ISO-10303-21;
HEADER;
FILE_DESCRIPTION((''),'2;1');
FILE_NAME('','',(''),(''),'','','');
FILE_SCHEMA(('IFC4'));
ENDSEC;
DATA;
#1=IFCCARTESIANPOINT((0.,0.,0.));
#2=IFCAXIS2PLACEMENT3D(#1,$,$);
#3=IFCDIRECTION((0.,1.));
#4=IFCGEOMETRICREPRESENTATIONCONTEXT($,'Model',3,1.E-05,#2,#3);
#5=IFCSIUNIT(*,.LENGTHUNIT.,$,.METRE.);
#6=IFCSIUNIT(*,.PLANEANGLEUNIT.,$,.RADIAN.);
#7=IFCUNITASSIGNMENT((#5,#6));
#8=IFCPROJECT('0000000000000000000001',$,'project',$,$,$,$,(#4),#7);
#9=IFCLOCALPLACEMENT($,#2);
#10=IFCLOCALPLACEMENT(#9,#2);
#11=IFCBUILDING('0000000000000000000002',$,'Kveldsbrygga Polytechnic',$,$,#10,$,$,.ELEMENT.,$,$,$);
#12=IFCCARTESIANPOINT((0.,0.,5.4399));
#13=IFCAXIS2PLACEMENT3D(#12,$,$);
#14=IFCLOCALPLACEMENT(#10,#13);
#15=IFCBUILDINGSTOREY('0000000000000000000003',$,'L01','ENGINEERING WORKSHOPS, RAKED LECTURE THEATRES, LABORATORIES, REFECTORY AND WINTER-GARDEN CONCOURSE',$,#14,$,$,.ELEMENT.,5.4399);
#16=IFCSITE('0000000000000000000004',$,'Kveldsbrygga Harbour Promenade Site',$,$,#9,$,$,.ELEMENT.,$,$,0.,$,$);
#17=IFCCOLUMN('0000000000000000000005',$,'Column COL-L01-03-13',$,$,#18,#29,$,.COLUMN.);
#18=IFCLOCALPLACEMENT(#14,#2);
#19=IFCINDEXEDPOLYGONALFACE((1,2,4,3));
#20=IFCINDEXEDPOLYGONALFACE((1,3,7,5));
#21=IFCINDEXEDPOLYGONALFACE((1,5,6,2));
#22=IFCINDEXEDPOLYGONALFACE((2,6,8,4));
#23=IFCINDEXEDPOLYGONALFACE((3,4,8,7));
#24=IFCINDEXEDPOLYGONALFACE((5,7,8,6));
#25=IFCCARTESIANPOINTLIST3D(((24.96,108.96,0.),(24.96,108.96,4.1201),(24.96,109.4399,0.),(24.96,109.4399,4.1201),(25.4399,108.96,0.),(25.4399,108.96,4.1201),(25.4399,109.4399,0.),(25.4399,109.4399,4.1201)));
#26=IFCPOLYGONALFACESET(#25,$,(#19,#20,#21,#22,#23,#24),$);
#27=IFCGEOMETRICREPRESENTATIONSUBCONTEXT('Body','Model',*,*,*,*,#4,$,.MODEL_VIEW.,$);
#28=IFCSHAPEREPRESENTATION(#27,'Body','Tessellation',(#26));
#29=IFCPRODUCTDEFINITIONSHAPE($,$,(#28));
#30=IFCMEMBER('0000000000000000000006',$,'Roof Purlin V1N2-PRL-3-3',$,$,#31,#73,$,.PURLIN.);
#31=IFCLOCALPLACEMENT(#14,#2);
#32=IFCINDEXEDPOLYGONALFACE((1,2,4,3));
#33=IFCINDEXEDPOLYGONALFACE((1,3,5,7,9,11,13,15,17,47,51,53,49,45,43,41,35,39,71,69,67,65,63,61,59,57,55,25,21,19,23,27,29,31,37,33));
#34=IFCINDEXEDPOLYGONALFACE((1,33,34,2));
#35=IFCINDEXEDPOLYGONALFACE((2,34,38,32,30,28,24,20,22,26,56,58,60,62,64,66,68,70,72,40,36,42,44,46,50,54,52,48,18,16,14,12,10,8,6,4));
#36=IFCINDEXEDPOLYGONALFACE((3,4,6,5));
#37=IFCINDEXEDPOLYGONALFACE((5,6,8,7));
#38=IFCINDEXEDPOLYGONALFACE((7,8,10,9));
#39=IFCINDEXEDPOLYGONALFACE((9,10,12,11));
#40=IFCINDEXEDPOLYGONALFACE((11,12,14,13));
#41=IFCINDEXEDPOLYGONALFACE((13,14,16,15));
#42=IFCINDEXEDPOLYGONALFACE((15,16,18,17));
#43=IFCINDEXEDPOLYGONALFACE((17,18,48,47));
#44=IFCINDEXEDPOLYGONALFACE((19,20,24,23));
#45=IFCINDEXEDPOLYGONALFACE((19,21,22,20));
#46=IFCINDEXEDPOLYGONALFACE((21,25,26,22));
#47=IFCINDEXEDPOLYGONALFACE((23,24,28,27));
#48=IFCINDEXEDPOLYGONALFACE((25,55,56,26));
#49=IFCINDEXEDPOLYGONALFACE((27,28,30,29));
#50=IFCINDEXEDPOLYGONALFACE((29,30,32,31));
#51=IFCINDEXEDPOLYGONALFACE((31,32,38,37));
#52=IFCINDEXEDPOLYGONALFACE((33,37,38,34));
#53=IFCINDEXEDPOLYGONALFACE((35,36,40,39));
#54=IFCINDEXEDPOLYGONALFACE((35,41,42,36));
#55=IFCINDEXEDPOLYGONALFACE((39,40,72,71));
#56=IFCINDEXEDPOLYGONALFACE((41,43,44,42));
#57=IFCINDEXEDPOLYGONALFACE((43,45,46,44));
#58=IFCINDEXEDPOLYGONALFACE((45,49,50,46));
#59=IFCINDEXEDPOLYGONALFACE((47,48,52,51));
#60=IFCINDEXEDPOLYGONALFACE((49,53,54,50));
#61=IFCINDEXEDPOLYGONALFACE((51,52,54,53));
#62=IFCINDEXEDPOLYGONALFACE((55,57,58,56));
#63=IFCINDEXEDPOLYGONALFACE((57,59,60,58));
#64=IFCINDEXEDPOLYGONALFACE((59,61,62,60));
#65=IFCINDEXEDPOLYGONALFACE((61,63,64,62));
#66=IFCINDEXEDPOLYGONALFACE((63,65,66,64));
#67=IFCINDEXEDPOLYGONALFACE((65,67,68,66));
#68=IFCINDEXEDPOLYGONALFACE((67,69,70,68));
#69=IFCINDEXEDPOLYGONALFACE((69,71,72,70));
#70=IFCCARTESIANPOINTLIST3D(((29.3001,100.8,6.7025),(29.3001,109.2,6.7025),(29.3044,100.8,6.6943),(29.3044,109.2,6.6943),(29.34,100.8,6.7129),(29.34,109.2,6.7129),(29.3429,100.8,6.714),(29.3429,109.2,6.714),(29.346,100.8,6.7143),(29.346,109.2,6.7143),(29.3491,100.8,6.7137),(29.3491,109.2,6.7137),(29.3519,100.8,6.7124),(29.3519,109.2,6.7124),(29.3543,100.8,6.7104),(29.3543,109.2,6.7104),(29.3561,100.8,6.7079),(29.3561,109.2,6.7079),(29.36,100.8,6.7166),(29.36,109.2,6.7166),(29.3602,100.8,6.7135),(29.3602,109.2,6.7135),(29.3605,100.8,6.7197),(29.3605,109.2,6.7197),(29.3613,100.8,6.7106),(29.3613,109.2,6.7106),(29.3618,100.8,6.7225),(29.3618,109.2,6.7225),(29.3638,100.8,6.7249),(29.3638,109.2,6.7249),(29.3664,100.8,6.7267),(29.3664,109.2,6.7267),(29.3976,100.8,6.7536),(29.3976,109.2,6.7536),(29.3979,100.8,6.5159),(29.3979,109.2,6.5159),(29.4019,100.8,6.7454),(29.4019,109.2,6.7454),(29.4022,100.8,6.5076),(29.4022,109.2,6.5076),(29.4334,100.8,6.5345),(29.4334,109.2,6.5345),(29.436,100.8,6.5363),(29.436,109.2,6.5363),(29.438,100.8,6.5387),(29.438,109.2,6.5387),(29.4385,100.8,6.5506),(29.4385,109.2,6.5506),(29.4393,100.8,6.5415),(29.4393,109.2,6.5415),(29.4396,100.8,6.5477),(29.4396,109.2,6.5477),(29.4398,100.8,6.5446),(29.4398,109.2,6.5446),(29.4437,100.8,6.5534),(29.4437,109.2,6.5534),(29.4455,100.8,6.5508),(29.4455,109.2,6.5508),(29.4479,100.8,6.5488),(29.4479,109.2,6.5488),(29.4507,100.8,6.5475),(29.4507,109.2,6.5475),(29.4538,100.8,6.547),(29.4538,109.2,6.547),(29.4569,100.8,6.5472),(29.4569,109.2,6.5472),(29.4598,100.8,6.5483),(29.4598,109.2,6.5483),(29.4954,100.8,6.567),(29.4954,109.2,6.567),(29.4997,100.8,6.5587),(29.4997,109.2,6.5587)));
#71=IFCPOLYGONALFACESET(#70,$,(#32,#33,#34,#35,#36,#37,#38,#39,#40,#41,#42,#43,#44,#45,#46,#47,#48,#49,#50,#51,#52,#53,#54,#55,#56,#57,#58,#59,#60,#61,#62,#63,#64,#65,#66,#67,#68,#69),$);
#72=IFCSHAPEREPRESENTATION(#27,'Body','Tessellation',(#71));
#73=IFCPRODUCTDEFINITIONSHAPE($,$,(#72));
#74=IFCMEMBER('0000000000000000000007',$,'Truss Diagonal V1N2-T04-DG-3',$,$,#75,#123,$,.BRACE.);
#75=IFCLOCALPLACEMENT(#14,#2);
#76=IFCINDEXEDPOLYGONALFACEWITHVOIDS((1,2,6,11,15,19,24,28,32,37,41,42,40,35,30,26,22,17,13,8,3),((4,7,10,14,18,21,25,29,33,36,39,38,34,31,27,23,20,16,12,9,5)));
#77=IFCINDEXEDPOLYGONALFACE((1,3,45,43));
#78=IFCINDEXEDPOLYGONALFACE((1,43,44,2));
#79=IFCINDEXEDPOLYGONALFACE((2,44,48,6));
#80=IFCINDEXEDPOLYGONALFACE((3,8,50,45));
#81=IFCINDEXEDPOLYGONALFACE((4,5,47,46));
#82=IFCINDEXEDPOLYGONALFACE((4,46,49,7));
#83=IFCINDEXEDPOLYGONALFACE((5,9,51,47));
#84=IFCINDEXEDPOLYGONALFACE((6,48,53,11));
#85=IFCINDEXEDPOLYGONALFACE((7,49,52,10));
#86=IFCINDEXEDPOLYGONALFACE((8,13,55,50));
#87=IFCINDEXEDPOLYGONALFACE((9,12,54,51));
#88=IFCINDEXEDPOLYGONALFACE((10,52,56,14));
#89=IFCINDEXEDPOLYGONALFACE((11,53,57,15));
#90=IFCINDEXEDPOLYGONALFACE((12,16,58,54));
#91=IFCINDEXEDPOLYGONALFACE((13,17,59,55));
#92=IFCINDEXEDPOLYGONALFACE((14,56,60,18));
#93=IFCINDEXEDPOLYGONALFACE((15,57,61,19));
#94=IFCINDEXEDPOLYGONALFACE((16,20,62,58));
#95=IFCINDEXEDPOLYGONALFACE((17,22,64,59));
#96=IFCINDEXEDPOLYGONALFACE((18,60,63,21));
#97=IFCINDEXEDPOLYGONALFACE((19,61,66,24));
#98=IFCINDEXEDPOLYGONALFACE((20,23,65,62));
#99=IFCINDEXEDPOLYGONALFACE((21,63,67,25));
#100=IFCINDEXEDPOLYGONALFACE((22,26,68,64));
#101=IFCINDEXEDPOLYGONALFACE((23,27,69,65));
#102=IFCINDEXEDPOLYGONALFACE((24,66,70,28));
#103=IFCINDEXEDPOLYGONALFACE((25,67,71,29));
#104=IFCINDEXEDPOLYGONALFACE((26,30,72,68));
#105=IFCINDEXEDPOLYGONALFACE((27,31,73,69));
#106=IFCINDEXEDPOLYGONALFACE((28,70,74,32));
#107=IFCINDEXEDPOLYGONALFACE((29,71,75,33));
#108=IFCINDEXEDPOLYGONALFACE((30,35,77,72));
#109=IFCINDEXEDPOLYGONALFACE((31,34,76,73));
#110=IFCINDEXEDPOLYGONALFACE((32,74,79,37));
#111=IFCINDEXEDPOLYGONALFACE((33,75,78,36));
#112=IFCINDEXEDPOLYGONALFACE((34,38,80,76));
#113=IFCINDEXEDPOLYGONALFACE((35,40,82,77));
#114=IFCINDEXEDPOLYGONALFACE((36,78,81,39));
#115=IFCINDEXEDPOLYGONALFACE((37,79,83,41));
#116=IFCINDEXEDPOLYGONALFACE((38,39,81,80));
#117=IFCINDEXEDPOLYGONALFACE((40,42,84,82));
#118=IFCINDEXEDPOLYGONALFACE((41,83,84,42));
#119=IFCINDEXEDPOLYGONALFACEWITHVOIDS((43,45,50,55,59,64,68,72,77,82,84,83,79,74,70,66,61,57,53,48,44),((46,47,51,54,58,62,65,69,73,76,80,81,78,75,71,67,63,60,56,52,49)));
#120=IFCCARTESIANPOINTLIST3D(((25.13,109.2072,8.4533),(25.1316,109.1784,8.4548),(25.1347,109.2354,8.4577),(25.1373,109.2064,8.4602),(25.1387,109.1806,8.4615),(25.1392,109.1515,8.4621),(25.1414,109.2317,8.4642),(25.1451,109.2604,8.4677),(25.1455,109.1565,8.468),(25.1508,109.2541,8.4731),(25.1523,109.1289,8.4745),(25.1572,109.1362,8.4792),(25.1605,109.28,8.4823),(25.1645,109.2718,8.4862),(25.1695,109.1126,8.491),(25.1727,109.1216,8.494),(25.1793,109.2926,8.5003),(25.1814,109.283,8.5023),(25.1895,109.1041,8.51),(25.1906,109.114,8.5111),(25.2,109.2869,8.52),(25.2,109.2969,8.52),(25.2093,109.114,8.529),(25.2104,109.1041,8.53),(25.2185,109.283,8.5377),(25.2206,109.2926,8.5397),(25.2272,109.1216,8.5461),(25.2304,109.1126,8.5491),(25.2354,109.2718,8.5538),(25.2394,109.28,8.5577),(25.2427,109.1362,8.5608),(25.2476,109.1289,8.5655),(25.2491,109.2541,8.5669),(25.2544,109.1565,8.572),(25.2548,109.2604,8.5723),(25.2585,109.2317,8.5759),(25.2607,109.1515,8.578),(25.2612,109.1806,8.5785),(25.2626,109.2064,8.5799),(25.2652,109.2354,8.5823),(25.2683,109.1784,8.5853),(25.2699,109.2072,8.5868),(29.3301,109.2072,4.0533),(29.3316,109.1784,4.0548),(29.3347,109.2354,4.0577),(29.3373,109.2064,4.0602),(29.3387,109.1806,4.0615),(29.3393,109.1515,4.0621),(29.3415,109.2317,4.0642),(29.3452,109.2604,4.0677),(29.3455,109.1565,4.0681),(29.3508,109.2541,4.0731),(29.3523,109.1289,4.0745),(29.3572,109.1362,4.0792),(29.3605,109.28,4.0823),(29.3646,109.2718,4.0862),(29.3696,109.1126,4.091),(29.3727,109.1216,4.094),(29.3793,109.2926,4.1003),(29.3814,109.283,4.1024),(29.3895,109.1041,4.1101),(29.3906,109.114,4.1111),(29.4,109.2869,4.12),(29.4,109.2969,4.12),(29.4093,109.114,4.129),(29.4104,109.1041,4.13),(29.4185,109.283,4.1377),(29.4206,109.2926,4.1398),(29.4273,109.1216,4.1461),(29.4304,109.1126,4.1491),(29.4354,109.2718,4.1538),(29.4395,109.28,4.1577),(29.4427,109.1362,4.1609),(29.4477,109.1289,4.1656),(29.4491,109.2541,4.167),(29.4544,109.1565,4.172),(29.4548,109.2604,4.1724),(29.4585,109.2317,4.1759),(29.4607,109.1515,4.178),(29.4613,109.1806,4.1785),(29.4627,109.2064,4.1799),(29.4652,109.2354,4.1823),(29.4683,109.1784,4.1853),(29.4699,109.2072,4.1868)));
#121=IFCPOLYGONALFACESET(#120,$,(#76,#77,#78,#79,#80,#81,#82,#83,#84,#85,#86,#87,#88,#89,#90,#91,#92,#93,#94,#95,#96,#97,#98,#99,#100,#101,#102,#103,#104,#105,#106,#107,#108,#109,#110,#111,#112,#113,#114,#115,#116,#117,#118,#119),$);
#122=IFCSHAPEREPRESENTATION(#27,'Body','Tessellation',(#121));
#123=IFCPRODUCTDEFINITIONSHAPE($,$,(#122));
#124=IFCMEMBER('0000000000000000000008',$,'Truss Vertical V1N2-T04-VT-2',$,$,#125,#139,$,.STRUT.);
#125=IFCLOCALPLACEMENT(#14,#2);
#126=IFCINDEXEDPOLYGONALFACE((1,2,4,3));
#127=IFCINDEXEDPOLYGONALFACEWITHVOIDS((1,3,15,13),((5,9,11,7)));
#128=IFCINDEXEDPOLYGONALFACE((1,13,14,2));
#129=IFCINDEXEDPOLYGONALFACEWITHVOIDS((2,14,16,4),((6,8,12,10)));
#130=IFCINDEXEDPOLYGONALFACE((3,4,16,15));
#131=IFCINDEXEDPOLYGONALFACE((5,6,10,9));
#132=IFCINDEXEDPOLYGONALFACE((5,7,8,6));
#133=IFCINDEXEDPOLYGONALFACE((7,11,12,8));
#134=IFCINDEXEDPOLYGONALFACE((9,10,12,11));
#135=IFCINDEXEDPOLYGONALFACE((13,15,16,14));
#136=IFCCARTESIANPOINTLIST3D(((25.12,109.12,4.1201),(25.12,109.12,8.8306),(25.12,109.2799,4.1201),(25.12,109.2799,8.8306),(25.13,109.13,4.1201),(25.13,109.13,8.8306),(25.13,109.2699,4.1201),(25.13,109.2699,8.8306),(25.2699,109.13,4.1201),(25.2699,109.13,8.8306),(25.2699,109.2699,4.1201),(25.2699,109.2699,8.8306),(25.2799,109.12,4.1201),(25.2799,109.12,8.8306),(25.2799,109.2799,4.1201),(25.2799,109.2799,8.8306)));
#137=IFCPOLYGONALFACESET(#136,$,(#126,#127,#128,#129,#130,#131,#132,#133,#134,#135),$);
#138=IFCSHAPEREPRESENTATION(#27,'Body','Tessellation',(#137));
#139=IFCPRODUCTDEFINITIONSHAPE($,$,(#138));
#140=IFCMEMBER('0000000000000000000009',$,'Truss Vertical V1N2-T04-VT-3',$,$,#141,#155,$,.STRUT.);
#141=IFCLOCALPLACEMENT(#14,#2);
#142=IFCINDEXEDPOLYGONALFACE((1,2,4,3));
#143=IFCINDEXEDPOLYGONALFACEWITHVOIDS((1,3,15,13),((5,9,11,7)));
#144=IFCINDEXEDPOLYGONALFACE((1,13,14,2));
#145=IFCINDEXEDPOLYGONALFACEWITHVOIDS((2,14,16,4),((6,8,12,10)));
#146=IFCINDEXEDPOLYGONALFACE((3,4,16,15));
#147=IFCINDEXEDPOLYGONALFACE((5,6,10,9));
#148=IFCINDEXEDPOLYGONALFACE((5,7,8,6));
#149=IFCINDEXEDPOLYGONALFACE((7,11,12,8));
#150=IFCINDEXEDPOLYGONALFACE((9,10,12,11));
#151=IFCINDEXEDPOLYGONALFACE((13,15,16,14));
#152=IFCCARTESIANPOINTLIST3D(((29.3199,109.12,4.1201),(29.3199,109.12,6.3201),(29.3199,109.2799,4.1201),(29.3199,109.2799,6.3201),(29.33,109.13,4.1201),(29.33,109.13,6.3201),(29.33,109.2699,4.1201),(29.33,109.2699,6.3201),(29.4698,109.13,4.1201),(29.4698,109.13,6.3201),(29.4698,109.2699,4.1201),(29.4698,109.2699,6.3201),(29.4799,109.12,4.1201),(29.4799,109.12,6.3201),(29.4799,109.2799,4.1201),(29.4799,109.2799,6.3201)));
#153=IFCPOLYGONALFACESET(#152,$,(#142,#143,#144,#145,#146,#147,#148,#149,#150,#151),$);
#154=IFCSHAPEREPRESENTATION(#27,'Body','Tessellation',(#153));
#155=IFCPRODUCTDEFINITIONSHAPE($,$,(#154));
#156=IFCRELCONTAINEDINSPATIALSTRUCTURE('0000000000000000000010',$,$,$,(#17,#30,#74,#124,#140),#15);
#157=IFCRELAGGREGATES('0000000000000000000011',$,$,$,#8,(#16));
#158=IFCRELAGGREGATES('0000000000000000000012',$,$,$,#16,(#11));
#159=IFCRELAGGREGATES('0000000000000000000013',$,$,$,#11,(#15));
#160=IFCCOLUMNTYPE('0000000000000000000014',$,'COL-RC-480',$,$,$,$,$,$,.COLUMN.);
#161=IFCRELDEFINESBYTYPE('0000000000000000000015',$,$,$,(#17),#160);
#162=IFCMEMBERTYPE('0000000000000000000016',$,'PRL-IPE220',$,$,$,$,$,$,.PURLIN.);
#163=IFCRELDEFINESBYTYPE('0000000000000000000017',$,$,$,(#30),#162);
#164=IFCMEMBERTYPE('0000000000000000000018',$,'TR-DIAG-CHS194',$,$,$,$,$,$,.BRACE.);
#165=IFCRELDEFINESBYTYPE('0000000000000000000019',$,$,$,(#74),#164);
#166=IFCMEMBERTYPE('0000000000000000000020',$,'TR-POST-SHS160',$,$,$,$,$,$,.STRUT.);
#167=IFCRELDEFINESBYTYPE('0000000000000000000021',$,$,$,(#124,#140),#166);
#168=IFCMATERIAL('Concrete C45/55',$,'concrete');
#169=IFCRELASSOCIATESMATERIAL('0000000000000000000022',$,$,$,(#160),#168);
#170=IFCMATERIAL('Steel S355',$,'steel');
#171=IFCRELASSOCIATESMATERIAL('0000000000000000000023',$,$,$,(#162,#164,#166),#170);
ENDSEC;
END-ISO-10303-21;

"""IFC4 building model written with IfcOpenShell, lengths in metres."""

from ifc_helpers import new_model, si_unit, direction, frame, origin, origin_2d, place, context, subcontext, project, spatial, rectangle, hollow_rectangle, hollow_circle, i_section, extrude, material, material_profile, profile_set, type_object, element, save


model = new_model("IFC4")

# Units and contexts
model_context = context("Model", 3, precision=1e-05, world=origin(), true_north=direction((0.0, 1.0)))
body_context = subcontext(model_context, "Body", "Model", "MODEL_VIEW")
ifc_project = project(units=[si_unit("LENGTHUNIT", "METRE"), si_unit("PLANEANGLEUNIT", "RADIAN")], contexts=[model_context])

# Site, building, storey
site_placement = place(None, origin())
site = spatial("IfcSite", under=ifc_project, at=site_placement, Name="Kveldsbrygga Harbour Promenade Site", CompositionType="ELEMENT", RefElevation=0.0)
building_placement = place(site_placement, origin())
building = spatial("IfcBuilding", under=site, at=building_placement, Name="Kveldsbrygga Polytechnic", CompositionType="ELEMENT")
storey_placement = place(building_placement, frame((0.0, 0.0, 5.4399)))
storey = spatial("IfcBuildingStorey", under=building, at=storey_placement, Name="L01", Description="ENGINEERING WORKSHOPS, RAKED LECTURE THEATRES, LABORATORIES, REFECTORY AND WINTER-GARDEN CONCOURSE", CompositionType="ELEMENT", Elevation=5.4399)

# Column
ifc_material_1 = material(Name="Concrete C45/55", Category="concrete")
ifc_material_profile_1 = material_profile(ifc_material_1, rectangle(XDim=0.48, YDim=0.48, at=origin_2d()), Name="RC 480x480")
ifc_profile_set_1 = profile_set([ifc_material_profile_1], Name="Concrete C45/55")
column_type = type_object("IfcColumnType", Name="COL-RC-480", PredefinedType="COLUMN", material=ifc_profile_set_1)
column_placement = place(storey_placement, frame((25.2, 109.2, 0.0), z_axis=(0.0, 0.0, 1.0), x_axis=(1.0, 0.0, 0.0)))
element("IfcColumn", 1, at=column_placement, inside=storey, type_object=column_type, Name="Column COL-L01-03-13", PredefinedType="COLUMN", context=body_context, shape_type="SweptSolid", body=[
    extrude(rectangle(XDim=0.48, YDim=0.48, at=origin_2d()), origin(), (0.0, 0.0, 1.0), 4.1201),
])

# Members
ifc_material_2 = material(Name="Steel S355", Category="steel")
ifc_material_profile_2 = material_profile(ifc_material_2, i_section(OverallWidth=0.1101, OverallDepth=0.22, WebThickness=0.0059, FlangeThickness=0.0093, FilletRadius=0.012, at=origin_2d()), Name="IPE 220")
ifc_profile_set_2 = profile_set([ifc_material_profile_2], Name="Steel S355")
member_type_1 = type_object("IfcMemberType", Name="PRL-IPE220", PredefinedType="PURLIN", material=ifc_profile_set_2)
member_1_placement = place(storey_placement, frame((29.3999, 100.8, 6.6306), z_axis=(0.0, 1.0, 0.0), x_axis=(-0.885831, 0.0, -0.464007)))
element("IfcMember", 2, at=member_1_placement, inside=storey, type_object=member_type_1, Name="Roof Purlin V1N2-PRL-3-3", PredefinedType="PURLIN", context=body_context, shape_type="SweptSolid", body=[
    extrude(i_section(OverallWidth=0.1101, OverallDepth=0.22, WebThickness=0.0059, FlangeThickness=0.0093, FilletRadius=0.012, at=origin_2d()), origin(), (0.0, 0.0, 1.0), 8.3999),
])
ifc_material_profile_3 = material_profile(ifc_material_2, hollow_circle(Radius=0.0969, WallThickness=0.01, at=origin_2d()), Name="CHS 193.7x10.0")
ifc_profile_set_3 = profile_set([ifc_material_profile_3], Name="Steel S355")
member_type_2 = type_object("IfcMemberType", Name="TR-DIAG-CHS194", PredefinedType="BRACE", material=ifc_profile_set_3)
member_2_placement = place(storey_placement, frame((25.2, 109.2, 8.52), z_axis=(0.69048, 0.0, -0.723352), x_axis=(0.0, 1.0, 0.0)))
element("IfcMember", 3, at=member_2_placement, inside=storey, type_object=member_type_2, Name="Truss Diagonal V1N2-T04-DG-3", PredefinedType="BRACE", context=body_context, shape_type="SweptSolid", body=[
    extrude(hollow_circle(Radius=0.0969, WallThickness=0.01, at=origin_2d()), origin(), (0.0, 0.0, 1.0), 6.0828),
])
ifc_material_profile_4 = material_profile(ifc_material_2, hollow_rectangle(XDim=0.1599, YDim=0.1599, WallThickness=0.01, at=origin_2d()), Name="SHS 160x160x10.0")
ifc_profile_set_4 = profile_set([ifc_material_profile_4], Name="Steel S355")
member_type_3 = type_object("IfcMemberType", Name="TR-POST-SHS160", PredefinedType="STRUT", material=ifc_profile_set_4)
member_3_placement = place(storey_placement, frame((25.2, 109.2, 4.1201), z_axis=(0.0, 0.0, 1.0), x_axis=(1.0, 0.0, 0.0)))
element("IfcMember", 4, at=member_3_placement, inside=storey, type_object=member_type_3, Name="Truss Vertical V1N2-T04-VT-2", PredefinedType="STRUT", context=body_context, shape_type="SweptSolid", body=[
    extrude(hollow_rectangle(XDim=0.1599, YDim=0.1599, WallThickness=0.01, at=origin_2d()), origin(), (0.0, 0.0, 1.0), 4.7104),
])
member_4_placement = place(storey_placement, frame((29.3999, 109.2, 4.1201), z_axis=(0.0, 0.0, 1.0), x_axis=(1.0, 0.0, 0.0)))
element("IfcMember", 5, at=member_4_placement, inside=storey, type_object=member_type_3, Name="Truss Vertical V1N2-T04-VT-3", PredefinedType="STRUT", context=body_context, shape_type="SweptSolid", body=[
    extrude(hollow_rectangle(XDim=0.1599, YDim=0.1599, WallThickness=0.01, at=origin_2d()), origin(), (0.0, 0.0, 1.0), 2.2),
])

save(model, "model.ifc")
